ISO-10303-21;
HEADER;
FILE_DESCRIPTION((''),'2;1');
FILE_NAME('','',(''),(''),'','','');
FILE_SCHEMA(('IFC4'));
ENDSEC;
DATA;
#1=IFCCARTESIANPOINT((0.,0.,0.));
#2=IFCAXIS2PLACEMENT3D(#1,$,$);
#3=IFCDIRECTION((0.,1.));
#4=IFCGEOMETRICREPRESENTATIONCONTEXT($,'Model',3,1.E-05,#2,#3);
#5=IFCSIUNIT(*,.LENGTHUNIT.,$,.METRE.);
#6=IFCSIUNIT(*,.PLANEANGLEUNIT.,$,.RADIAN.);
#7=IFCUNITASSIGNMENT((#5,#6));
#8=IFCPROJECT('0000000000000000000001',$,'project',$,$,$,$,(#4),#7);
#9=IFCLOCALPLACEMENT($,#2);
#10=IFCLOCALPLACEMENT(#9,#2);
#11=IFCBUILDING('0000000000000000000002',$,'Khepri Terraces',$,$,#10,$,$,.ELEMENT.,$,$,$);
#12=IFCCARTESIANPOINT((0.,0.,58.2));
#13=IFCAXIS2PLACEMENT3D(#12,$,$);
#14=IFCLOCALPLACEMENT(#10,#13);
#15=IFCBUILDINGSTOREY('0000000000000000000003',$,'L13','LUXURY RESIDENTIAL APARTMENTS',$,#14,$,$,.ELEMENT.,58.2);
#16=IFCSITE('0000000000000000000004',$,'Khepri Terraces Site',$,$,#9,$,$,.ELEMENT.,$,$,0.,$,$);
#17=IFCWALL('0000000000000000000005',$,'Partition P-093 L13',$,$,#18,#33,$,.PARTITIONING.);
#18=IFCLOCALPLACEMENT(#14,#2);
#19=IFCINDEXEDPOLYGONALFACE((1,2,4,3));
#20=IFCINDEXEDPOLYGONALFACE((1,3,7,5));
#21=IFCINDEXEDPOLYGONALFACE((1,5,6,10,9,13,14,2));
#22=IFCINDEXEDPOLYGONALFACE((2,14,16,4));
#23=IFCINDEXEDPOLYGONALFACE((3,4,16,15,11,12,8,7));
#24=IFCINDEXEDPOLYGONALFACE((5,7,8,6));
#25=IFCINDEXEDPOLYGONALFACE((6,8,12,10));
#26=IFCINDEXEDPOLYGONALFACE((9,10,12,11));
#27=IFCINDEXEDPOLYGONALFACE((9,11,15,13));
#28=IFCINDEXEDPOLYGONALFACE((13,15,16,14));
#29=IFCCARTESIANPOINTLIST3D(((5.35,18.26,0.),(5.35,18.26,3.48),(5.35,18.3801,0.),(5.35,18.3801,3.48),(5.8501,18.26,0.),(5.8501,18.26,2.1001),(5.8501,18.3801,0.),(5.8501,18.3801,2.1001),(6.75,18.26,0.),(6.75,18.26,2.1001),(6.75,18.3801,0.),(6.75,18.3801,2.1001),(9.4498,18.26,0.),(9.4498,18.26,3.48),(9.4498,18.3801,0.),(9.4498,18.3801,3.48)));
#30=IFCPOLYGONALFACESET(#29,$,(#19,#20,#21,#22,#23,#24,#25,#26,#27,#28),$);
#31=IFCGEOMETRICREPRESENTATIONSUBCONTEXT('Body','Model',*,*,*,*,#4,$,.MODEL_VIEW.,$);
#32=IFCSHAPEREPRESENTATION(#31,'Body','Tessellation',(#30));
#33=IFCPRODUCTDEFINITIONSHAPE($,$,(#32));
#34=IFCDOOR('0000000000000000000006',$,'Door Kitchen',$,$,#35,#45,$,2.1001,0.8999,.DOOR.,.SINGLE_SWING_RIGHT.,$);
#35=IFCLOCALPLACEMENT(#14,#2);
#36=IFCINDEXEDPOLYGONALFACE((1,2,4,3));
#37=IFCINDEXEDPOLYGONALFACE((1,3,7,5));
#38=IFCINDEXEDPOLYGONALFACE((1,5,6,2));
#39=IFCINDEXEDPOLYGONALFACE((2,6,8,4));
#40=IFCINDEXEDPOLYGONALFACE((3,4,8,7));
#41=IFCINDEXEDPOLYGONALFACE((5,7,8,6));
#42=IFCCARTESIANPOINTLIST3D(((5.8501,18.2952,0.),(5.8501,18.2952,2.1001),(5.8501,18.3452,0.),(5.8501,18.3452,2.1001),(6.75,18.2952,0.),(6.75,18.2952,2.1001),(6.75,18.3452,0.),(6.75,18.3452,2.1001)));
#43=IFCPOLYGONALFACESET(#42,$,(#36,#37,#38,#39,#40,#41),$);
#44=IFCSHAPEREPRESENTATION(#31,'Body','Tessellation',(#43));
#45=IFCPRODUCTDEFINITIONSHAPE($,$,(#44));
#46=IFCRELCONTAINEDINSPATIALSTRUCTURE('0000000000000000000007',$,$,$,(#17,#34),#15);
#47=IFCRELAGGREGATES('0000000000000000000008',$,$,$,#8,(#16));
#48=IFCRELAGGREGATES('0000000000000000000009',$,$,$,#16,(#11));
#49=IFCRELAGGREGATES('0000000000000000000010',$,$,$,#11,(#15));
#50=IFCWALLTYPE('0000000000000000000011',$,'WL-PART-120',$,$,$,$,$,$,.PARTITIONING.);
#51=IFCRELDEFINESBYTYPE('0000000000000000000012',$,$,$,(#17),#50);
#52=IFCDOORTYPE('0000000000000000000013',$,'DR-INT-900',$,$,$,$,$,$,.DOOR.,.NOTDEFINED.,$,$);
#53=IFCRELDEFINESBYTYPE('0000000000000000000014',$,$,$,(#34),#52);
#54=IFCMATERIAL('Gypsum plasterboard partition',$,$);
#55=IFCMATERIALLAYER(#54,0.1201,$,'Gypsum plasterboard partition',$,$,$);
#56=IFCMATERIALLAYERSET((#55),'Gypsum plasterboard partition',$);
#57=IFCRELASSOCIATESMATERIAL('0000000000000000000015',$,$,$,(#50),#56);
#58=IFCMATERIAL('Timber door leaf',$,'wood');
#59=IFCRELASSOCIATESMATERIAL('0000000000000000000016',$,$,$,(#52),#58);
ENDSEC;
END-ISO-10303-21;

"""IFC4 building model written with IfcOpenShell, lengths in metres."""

from ifc_helpers import new_model, si_unit, direction, frame, frame_2d, origin, place, context, subcontext, project, spatial, rectangle, extrude, material, layer, layer_set, type_object, element, fill, save


model = new_model("IFC4")

# Units and contexts
model_context = context("Model", 3, precision=1e-05, world=origin(), true_north=direction((0.0, 1.0)))
body_context = subcontext(model_context, "Body", "Model", "MODEL_VIEW")
ifc_project = project(units=[si_unit("LENGTHUNIT", "METRE"), si_unit("PLANEANGLEUNIT", "RADIAN")], contexts=[model_context])

# Site, building, storey
site_placement = place(None, origin())
site = spatial("IfcSite", under=ifc_project, at=site_placement, Name="Khepri Terraces Site", CompositionType="ELEMENT", RefElevation=0.0)
building_placement = place(site_placement, origin())
building = spatial("IfcBuilding", under=site, at=building_placement, Name="Khepri Terraces", CompositionType="ELEMENT")
storey_placement = place(building_placement, frame((0.0, 0.0, 58.2)))
storey = spatial("IfcBuildingStorey", under=building, at=storey_placement, Name="L13", Description="LUXURY RESIDENTIAL APARTMENTS", CompositionType="ELEMENT", Elevation=58.2)

# Shared definitions
ifc_material_1 = material(Name="Gypsum plasterboard partition")
ifc_layer_1 = layer(ifc_material_1, 0.1201, Name="Gypsum plasterboard partition")
ifc_layer_set_1 = layer_set([ifc_layer_1], Name="Gypsum plasterboard partition")
wall_type_1 = type_object("IfcWallType", Name="WL-PART-120", PredefinedType="PARTITIONING", material=ifc_layer_set_1)

# Shared definitions
ifc_material_2 = material(Name="Timber door leaf", Category="wood")
door_type_1 = type_object("IfcDoorType", Name="DR-INT-900", OperationType="NOTDEFINED", PredefinedType="DOOR", material=ifc_material_2)

# Wall, opening, door
wall_1_placement = place(storey_placement, frame((5.3501, 18.3201, 0.0), z_axis=(0.0, 0.0, 1.0), x_axis=(1.0, 0.0, 0.0)))
wall_1 = element("IfcWall", 1, at=wall_1_placement, inside=storey, type_object=wall_type_1, Name="Partition P-093 L13", PredefinedType="PARTITIONING", context=body_context, shape_type="SweptSolid", body=[
    extrude(rectangle(XDim=4.0999, YDim=0.1201, at=frame_2d((2.0498, 0.0))), origin(), (0.0, 0.0, 1.0), 3.48),
])
opening_1_placement = place(wall_1_placement, frame((0.5, 0.0, 0.0)))
opening_1 = element("IfcOpeningElement", 2, at=opening_1_placement, cuts=wall_1, PredefinedType="OPENING", context=body_context, shape_type="SweptSolid", body=[
    extrude(rectangle(XDim=0.8999, YDim=2.1001, at=frame_2d((0.45, 1.05))), frame((0.0, 0.0701, 0.0), z_axis=(0.0, -1.0, 0.0), x_axis=(1.0, 0.0, 0.0)), (0.0, 0.0, 1.0), 0.1401),
])
door_1_placement = place(opening_1_placement, frame((0.8999, 0.0, 0.0), z_axis=(0.0, 0.0, 1.0), x_axis=(-1.0, 0.0, 0.0)))
door_1 = element("IfcDoor", 3, at=door_1_placement, inside=storey, type_object=door_type_1, Name="Door Kitchen", OperationType="SINGLE_SWING_RIGHT", OverallHeight=2.1001, OverallWidth=0.8999, PredefinedType="DOOR", context=body_context, shape_type="SweptSolid", body=[
    extrude(rectangle(XDim=0.8999, YDim=2.1001, at=frame_2d((0.45, 1.05))), frame((0.0, 0.0249, 0.0), z_axis=(0.0, -1.0, 0.0), x_axis=(1.0, 0.0, 0.0)), (0.0, 0.0, 1.0), 0.05),
])
fill(opening_1, door_1)

save(model, "model.ifc")
